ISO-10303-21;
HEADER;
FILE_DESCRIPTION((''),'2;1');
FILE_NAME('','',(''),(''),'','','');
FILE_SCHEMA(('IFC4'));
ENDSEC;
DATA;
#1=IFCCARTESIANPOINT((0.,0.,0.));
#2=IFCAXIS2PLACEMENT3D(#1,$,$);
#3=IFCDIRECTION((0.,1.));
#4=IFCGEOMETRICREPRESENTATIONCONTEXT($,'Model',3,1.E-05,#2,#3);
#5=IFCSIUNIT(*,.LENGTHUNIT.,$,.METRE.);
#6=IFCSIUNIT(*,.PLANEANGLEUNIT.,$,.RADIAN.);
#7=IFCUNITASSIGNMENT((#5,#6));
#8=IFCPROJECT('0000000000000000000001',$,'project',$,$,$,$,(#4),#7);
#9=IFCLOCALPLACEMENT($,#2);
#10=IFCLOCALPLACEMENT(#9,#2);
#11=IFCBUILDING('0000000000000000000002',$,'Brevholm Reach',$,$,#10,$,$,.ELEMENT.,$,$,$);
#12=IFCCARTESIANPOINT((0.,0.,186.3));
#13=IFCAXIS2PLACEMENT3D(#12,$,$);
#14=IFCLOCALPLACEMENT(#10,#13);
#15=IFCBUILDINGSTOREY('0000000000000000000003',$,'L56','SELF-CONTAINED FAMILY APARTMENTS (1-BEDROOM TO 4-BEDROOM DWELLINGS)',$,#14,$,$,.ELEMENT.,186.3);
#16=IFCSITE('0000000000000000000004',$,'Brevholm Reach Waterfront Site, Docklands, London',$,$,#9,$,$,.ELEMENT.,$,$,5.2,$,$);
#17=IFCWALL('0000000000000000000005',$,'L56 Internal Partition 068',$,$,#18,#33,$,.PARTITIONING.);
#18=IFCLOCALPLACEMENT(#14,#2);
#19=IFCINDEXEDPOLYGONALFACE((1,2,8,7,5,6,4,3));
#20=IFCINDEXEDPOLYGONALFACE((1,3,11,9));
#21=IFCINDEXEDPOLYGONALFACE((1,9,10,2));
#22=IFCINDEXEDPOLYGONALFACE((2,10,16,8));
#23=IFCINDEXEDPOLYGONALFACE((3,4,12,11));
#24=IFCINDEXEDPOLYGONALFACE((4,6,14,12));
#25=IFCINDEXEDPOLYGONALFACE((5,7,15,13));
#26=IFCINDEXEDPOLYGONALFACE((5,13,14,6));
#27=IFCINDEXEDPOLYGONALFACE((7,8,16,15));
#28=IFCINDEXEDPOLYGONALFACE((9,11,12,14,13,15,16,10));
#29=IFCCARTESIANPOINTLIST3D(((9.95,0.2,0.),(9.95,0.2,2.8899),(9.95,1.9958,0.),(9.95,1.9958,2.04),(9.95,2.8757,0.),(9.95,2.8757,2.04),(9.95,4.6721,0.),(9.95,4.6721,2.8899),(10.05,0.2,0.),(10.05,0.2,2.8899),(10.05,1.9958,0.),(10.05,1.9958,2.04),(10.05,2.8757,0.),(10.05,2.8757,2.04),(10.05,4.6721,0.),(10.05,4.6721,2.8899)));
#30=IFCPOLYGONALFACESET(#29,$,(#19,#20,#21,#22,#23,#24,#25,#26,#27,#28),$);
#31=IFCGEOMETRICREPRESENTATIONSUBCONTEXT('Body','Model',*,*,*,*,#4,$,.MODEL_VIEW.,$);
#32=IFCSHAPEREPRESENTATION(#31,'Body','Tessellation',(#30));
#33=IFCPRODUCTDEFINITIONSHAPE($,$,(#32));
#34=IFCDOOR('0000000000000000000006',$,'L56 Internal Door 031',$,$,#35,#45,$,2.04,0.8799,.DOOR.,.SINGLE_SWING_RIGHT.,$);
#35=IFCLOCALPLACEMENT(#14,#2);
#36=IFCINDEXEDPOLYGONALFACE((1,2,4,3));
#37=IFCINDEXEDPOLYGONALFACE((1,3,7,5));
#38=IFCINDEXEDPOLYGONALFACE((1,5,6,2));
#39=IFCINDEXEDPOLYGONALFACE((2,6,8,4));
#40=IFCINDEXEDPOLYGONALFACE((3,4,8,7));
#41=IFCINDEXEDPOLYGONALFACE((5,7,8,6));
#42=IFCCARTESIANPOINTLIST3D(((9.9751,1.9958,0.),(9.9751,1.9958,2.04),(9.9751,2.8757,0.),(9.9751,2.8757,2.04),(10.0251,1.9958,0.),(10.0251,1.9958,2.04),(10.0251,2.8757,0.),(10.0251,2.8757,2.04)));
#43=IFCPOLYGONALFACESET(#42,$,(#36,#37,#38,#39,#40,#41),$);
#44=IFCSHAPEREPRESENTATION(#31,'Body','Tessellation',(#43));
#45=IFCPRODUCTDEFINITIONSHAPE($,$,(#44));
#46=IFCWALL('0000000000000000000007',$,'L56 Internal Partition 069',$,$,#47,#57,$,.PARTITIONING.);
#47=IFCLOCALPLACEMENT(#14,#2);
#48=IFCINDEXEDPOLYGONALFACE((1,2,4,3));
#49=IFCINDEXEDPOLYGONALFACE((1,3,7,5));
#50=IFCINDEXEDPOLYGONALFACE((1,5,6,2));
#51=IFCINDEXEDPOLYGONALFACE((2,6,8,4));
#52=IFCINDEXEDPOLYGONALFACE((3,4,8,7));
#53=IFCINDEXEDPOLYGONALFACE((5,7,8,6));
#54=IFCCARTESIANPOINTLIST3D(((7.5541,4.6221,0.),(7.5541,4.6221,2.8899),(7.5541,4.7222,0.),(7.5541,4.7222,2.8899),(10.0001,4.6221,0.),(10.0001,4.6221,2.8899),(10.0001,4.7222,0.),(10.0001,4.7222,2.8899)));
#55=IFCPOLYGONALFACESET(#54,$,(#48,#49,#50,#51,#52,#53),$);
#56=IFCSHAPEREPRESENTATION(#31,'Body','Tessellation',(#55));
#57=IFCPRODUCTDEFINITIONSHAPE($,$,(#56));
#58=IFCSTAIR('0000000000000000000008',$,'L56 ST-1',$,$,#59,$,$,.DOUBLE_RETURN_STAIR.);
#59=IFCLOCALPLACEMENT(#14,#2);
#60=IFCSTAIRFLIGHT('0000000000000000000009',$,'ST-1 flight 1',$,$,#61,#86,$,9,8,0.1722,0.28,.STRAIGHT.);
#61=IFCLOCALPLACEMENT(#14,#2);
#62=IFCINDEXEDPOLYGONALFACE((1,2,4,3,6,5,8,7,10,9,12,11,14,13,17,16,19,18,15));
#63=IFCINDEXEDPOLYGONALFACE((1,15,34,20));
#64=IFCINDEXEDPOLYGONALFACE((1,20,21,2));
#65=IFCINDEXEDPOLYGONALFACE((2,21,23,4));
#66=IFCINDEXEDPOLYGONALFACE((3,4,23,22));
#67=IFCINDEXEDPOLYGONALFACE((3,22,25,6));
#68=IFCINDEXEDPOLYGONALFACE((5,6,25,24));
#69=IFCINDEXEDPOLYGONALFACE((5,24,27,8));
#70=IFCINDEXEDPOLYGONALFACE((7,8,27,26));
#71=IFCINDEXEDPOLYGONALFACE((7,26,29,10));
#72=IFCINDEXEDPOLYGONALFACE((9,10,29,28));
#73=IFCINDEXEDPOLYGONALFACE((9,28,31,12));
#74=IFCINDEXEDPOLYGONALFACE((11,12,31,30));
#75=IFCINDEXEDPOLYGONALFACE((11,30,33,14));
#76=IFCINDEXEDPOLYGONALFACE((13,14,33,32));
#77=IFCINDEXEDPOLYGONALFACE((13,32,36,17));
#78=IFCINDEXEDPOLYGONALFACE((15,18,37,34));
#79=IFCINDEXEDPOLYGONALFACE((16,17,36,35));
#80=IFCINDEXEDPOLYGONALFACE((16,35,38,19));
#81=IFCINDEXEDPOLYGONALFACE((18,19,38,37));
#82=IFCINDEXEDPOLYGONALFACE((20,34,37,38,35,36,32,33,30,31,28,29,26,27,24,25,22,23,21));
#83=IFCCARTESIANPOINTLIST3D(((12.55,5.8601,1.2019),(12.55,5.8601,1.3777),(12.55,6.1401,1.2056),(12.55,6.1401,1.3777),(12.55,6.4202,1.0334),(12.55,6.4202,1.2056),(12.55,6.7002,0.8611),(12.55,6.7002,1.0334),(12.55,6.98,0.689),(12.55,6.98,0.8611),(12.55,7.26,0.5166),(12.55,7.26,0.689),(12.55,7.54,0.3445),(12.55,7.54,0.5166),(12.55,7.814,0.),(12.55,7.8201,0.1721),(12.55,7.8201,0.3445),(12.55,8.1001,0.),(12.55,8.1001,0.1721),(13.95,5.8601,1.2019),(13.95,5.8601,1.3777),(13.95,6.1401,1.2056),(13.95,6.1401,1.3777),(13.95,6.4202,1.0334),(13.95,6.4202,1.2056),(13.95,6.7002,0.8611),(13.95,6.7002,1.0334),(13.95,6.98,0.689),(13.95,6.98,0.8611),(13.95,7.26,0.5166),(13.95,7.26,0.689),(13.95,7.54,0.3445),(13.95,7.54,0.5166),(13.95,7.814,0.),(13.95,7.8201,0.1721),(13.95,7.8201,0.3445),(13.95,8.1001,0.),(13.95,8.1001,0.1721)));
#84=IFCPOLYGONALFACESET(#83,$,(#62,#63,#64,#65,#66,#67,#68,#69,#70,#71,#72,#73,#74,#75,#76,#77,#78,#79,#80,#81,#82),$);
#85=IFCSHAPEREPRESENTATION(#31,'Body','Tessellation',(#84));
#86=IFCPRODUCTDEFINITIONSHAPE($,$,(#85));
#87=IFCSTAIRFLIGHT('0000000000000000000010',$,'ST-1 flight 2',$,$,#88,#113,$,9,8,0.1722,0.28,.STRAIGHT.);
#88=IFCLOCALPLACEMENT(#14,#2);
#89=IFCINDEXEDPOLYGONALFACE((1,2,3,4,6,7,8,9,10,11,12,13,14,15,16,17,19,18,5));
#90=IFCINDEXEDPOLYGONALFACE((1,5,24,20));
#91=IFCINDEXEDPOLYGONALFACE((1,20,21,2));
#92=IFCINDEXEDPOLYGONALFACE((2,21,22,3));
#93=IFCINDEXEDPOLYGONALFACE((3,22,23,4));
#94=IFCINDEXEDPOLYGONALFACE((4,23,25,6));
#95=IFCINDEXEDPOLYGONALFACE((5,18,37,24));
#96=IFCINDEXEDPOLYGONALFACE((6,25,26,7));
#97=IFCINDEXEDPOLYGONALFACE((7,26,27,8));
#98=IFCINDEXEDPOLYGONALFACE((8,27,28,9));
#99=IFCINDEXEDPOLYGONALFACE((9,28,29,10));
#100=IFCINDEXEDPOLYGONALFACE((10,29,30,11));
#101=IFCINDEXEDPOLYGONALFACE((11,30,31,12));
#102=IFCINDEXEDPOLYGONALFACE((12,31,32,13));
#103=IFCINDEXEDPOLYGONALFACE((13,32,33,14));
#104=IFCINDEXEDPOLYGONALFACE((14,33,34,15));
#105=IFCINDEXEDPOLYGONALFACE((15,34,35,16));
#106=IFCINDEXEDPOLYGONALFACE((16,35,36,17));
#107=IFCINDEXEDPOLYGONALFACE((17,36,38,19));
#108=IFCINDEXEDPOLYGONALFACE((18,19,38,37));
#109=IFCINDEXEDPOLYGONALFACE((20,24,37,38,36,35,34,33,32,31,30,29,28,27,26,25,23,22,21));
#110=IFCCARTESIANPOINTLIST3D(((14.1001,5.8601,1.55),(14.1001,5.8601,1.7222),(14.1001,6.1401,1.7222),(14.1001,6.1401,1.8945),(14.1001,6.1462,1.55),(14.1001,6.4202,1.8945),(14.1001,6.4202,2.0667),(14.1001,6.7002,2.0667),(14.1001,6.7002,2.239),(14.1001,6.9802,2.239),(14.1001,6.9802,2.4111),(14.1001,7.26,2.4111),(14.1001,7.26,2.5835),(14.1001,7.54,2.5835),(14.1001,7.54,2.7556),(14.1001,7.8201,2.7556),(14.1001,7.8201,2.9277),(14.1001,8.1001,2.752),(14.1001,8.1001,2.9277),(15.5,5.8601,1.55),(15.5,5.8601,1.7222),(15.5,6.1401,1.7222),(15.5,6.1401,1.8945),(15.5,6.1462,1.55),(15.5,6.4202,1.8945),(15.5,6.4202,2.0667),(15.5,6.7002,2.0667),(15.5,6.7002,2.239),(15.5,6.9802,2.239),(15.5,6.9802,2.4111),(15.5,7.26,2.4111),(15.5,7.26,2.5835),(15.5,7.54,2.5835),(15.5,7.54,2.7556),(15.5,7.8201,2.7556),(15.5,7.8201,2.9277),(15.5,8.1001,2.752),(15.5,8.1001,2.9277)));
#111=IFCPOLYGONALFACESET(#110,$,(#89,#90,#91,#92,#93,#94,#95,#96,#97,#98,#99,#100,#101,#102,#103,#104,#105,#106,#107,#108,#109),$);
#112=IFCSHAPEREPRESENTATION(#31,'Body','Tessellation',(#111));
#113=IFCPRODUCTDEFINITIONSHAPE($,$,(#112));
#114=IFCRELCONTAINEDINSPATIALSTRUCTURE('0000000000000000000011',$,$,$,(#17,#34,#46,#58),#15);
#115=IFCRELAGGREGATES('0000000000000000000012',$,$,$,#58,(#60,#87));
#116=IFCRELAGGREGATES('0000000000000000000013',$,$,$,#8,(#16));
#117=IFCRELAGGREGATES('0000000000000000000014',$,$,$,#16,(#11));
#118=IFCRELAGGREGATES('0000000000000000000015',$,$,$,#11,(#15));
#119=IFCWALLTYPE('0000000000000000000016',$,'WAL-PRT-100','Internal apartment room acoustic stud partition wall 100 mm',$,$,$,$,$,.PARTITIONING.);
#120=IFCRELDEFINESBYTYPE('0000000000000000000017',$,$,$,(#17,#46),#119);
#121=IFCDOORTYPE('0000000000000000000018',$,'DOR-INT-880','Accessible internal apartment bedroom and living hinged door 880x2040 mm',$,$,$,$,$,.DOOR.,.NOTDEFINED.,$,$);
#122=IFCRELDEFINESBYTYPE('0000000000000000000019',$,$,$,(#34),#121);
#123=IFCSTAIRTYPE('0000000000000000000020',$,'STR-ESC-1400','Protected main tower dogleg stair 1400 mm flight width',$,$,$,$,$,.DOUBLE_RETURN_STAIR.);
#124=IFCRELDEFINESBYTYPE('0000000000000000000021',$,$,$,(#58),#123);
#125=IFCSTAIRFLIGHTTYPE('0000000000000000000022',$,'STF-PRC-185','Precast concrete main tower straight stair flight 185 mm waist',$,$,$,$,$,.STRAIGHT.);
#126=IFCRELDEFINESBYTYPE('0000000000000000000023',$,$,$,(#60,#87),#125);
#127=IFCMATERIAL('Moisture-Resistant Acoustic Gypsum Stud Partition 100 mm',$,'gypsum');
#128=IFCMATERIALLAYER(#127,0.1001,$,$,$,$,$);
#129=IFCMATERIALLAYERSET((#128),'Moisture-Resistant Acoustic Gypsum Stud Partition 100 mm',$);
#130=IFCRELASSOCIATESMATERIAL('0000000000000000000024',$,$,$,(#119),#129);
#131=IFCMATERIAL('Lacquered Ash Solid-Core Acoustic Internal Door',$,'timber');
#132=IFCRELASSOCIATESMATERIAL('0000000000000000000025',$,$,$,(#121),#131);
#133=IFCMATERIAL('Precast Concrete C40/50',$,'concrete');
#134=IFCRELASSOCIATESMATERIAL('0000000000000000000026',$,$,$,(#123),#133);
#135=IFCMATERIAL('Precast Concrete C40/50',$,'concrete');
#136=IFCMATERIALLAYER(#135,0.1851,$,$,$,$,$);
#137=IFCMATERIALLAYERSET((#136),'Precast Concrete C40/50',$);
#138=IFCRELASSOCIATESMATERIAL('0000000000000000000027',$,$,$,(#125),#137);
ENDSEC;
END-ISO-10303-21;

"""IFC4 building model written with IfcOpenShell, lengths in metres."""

from ifc_helpers import new_model, si_unit, direction, frame, frame_2d, origin, place, context, subcontext, project, spatial, polyline, rectangle, outline, extrude, material, layer, layer_set, type_object, element, fill, aggregate, save


model = new_model("IFC4")

# Units and contexts
model_context = context("Model", 3, precision=1e-05, world=origin(), true_north=direction((0.0, 1.0)))
body_context = subcontext(model_context, "Body", "Model", "MODEL_VIEW")
ifc_project = project(units=[si_unit("LENGTHUNIT", "METRE"), si_unit("PLANEANGLEUNIT", "RADIAN")], contexts=[model_context])

# Site, building, storey
site_placement = place(None, origin())
site = spatial("IfcSite", under=ifc_project, at=site_placement, Name="Brevholm Reach Waterfront Site, Docklands, London", CompositionType="ELEMENT", RefElevation=5.2)
building_placement = place(site_placement, origin())
building = spatial("IfcBuilding", under=site, at=building_placement, Name="Brevholm Reach", CompositionType="ELEMENT")
storey_placement = place(building_placement, frame((0.0, 0.0, 186.3)))
storey = spatial("IfcBuildingStorey", under=building, at=storey_placement, Name="L56", Description="SELF-CONTAINED FAMILY APARTMENTS (1-BEDROOM TO 4-BEDROOM DWELLINGS)", CompositionType="ELEMENT", Elevation=186.3)

# Shared definitions
ifc_material_1 = material(Name="Moisture-Resistant Acoustic Gypsum Stud Partition 100 mm", Category="gypsum")
ifc_layer_1 = layer(ifc_material_1, 0.1001)
ifc_layer_set_1 = layer_set([ifc_layer_1], Name="Moisture-Resistant Acoustic Gypsum Stud Partition 100 mm")
wall_type_1 = type_object("IfcWallType", Name="WAL-PRT-100", Description="Internal apartment room acoustic stud partition wall 100 mm", PredefinedType="PARTITIONING", material=ifc_layer_set_1)

# Wall, opening, door
wall_1_placement = place(storey_placement, frame((10.0, 0.2, 0.0), z_axis=(0.0, 0.0, 1.0), x_axis=(0.0, 1.0, 0.0)))
wall_1 = element("IfcWall", 1, at=wall_1_placement, inside=storey, type_object=wall_type_1, Name="L56 Internal Partition 068", PredefinedType="PARTITIONING", context=body_context, shape_type="SweptSolid", body=[
    extrude(rectangle(XDim=4.4722, YDim=0.1001, at=frame_2d((2.2361, 0.0))), origin(), (0.0, 0.0, 1.0), 2.8899),
])
opening_placement = place(wall_1_placement, frame((1.7959, 0.0, 0.0)))
opening = element("IfcOpeningElement", 2, at=opening_placement, cuts=wall_1, PredefinedType="OPENING", context=body_context, shape_type="SweptSolid", body=[
    extrude(rectangle(XDim=0.8799, YDim=2.04, at=frame_2d((0.4399, 1.02))), frame((0.0, 0.0601, 0.0), z_axis=(0.0, -1.0, 0.0), x_axis=(1.0, 0.0, 0.0)), (0.0, 0.0, 1.0), 0.1201),
])
ifc_material_2 = material(Name="Lacquered Ash Solid-Core Acoustic Internal Door", Category="timber")
door_type = type_object("IfcDoorType", Name="DOR-INT-880", Description="Accessible internal apartment bedroom and living hinged door 880x2040 mm", OperationType="NOTDEFINED", PredefinedType="DOOR", material=ifc_material_2)
door_placement = place(opening_placement, origin())
door = element("IfcDoor", 3, at=door_placement, inside=storey, type_object=door_type, Name="L56 Internal Door 031", OperationType="SINGLE_SWING_RIGHT", OverallHeight=2.04, OverallWidth=0.8799, PredefinedType="DOOR", context=body_context, shape_type="SweptSolid", body=[
    extrude(rectangle(XDim=0.8799, YDim=2.04, at=frame_2d((0.4399, 1.02))), frame((0.0, 0.0249, 0.0), z_axis=(0.0, -1.0, 0.0), x_axis=(1.0, 0.0, 0.0)), (0.0, 0.0, 1.0), 0.05),
])
fill(opening, door)

# Wall
wall_2_placement = place(storey_placement, frame((7.554, 4.6721, 0.0), z_axis=(0.0, 0.0, 1.0), x_axis=(1.0, 0.0, 0.0)))
element("IfcWall", 4, at=wall_2_placement, inside=storey, type_object=wall_type_1, Name="L56 Internal Partition 069", PredefinedType="PARTITIONING", context=body_context, shape_type="SweptSolid", body=[
    extrude(rectangle(XDim=2.446, YDim=0.1001, at=frame_2d((1.2231, 0.0))), origin(), (0.0, 0.0, 1.0), 2.8899),
])

# Stair, stair flights
ifc_material_3 = material(Name="Precast Concrete C40/50", Category="concrete")
stair_type = type_object("IfcStairType", Name="STR-ESC-1400", Description="Protected main tower dogleg stair 1400 mm flight width", PredefinedType="DOUBLE_RETURN_STAIR", material=ifc_material_3)
stair_placement = place(storey_placement, origin())
stair = element("IfcStair", 5, at=stair_placement, inside=storey, type_object=stair_type, Name="L56 ST-1", PredefinedType="DOUBLE_RETURN_STAIR")
ifc_material_4 = material(Name="Precast Concrete C40/50", Category="concrete")
ifc_layer_2 = layer(ifc_material_4, 0.1851)
ifc_layer_set_2 = layer_set([ifc_layer_2], Name="Precast Concrete C40/50")
stair_flight_type = type_object("IfcStairFlightType", Name="STF-PRC-185", Description="Precast concrete main tower straight stair flight 185 mm waist", PredefinedType="STRAIGHT", material=ifc_layer_set_2)
stair_flight_1_placement = place(storey_placement, frame((13.25, 8.1001, 0.0), z_axis=(0.0, 0.0, 1.0), x_axis=(0.0, -1.0, 0.0)))
stair_flight_1 = element("IfcStairFlight", 6, at=stair_flight_1_placement, type_object=stair_flight_type, Name="ST-1 flight 1", NumberOfRisers=9, NumberOfTreads=8, PredefinedType="STRAIGHT", RiserHeight=0.1722, TreadLength=0.28, context=body_context, shape_type="SweptSolid", body=[
    extrude(outline(polyline([(0.0, 0.0), (0.0, 0.1721), (0.28, 0.1721), (0.28, 0.3445), (0.5601, 0.3445), (0.5601, 0.5166), (0.8401, 0.5166), (0.8401, 0.689), (1.1201, 0.689), (1.1201, 0.8611), (1.3999, 0.8611), (1.3999, 1.0334), (1.6799, 1.0334), (1.6799, 1.2056), (1.96, 1.2056), (1.96, 1.3777), (2.24, 1.3777), (2.24, 1.55), (2.24, 1.2019), (0.2861, 0.0), (0.0, 0.0)])), frame((0.0, 0.7, 0.0), z_axis=(0.0, -1.0, 0.0), x_axis=(1.0, 0.0, 0.0)), (0.0, 0.0, 1.0), 1.3999),
])
stair_flight_2_placement = place(storey_placement, frame((14.8, 5.8601, 1.55), z_axis=(0.0, 0.0, 1.0), x_axis=(0.0, 1.0, 0.0)))
stair_flight_2 = element("IfcStairFlight", 7, at=stair_flight_2_placement, type_object=stair_flight_type, Name="ST-1 flight 2", NumberOfRisers=9, NumberOfTreads=8, PredefinedType="STRAIGHT", RiserHeight=0.1722, TreadLength=0.28, context=body_context, shape_type="SweptSolid", body=[
    extrude(outline(polyline([(0.0, 0.0), (0.0, 0.1721), (0.28, 0.1721), (0.28, 0.3445), (0.5601, 0.3445), (0.5601, 0.5166), (0.8401, 0.5166), (0.8401, 0.689), (1.1201, 0.689), (1.1201, 0.8611), (1.3999, 0.8611), (1.3999, 1.0334), (1.6799, 1.0334), (1.6799, 1.2056), (1.96, 1.2056), (1.96, 1.3777), (2.24, 1.3777), (2.24, 1.55), (2.24, 1.2019), (0.2861, 0.0), (0.0, 0.0)])), frame((0.0, 0.7, 0.0), z_axis=(0.0, -1.0, 0.0), x_axis=(1.0, 0.0, 0.0)), (0.0, 0.0, 1.0), 1.3999),
])
aggregate(stair, [stair_flight_1, stair_flight_2])

save(model, "model.ifc")
